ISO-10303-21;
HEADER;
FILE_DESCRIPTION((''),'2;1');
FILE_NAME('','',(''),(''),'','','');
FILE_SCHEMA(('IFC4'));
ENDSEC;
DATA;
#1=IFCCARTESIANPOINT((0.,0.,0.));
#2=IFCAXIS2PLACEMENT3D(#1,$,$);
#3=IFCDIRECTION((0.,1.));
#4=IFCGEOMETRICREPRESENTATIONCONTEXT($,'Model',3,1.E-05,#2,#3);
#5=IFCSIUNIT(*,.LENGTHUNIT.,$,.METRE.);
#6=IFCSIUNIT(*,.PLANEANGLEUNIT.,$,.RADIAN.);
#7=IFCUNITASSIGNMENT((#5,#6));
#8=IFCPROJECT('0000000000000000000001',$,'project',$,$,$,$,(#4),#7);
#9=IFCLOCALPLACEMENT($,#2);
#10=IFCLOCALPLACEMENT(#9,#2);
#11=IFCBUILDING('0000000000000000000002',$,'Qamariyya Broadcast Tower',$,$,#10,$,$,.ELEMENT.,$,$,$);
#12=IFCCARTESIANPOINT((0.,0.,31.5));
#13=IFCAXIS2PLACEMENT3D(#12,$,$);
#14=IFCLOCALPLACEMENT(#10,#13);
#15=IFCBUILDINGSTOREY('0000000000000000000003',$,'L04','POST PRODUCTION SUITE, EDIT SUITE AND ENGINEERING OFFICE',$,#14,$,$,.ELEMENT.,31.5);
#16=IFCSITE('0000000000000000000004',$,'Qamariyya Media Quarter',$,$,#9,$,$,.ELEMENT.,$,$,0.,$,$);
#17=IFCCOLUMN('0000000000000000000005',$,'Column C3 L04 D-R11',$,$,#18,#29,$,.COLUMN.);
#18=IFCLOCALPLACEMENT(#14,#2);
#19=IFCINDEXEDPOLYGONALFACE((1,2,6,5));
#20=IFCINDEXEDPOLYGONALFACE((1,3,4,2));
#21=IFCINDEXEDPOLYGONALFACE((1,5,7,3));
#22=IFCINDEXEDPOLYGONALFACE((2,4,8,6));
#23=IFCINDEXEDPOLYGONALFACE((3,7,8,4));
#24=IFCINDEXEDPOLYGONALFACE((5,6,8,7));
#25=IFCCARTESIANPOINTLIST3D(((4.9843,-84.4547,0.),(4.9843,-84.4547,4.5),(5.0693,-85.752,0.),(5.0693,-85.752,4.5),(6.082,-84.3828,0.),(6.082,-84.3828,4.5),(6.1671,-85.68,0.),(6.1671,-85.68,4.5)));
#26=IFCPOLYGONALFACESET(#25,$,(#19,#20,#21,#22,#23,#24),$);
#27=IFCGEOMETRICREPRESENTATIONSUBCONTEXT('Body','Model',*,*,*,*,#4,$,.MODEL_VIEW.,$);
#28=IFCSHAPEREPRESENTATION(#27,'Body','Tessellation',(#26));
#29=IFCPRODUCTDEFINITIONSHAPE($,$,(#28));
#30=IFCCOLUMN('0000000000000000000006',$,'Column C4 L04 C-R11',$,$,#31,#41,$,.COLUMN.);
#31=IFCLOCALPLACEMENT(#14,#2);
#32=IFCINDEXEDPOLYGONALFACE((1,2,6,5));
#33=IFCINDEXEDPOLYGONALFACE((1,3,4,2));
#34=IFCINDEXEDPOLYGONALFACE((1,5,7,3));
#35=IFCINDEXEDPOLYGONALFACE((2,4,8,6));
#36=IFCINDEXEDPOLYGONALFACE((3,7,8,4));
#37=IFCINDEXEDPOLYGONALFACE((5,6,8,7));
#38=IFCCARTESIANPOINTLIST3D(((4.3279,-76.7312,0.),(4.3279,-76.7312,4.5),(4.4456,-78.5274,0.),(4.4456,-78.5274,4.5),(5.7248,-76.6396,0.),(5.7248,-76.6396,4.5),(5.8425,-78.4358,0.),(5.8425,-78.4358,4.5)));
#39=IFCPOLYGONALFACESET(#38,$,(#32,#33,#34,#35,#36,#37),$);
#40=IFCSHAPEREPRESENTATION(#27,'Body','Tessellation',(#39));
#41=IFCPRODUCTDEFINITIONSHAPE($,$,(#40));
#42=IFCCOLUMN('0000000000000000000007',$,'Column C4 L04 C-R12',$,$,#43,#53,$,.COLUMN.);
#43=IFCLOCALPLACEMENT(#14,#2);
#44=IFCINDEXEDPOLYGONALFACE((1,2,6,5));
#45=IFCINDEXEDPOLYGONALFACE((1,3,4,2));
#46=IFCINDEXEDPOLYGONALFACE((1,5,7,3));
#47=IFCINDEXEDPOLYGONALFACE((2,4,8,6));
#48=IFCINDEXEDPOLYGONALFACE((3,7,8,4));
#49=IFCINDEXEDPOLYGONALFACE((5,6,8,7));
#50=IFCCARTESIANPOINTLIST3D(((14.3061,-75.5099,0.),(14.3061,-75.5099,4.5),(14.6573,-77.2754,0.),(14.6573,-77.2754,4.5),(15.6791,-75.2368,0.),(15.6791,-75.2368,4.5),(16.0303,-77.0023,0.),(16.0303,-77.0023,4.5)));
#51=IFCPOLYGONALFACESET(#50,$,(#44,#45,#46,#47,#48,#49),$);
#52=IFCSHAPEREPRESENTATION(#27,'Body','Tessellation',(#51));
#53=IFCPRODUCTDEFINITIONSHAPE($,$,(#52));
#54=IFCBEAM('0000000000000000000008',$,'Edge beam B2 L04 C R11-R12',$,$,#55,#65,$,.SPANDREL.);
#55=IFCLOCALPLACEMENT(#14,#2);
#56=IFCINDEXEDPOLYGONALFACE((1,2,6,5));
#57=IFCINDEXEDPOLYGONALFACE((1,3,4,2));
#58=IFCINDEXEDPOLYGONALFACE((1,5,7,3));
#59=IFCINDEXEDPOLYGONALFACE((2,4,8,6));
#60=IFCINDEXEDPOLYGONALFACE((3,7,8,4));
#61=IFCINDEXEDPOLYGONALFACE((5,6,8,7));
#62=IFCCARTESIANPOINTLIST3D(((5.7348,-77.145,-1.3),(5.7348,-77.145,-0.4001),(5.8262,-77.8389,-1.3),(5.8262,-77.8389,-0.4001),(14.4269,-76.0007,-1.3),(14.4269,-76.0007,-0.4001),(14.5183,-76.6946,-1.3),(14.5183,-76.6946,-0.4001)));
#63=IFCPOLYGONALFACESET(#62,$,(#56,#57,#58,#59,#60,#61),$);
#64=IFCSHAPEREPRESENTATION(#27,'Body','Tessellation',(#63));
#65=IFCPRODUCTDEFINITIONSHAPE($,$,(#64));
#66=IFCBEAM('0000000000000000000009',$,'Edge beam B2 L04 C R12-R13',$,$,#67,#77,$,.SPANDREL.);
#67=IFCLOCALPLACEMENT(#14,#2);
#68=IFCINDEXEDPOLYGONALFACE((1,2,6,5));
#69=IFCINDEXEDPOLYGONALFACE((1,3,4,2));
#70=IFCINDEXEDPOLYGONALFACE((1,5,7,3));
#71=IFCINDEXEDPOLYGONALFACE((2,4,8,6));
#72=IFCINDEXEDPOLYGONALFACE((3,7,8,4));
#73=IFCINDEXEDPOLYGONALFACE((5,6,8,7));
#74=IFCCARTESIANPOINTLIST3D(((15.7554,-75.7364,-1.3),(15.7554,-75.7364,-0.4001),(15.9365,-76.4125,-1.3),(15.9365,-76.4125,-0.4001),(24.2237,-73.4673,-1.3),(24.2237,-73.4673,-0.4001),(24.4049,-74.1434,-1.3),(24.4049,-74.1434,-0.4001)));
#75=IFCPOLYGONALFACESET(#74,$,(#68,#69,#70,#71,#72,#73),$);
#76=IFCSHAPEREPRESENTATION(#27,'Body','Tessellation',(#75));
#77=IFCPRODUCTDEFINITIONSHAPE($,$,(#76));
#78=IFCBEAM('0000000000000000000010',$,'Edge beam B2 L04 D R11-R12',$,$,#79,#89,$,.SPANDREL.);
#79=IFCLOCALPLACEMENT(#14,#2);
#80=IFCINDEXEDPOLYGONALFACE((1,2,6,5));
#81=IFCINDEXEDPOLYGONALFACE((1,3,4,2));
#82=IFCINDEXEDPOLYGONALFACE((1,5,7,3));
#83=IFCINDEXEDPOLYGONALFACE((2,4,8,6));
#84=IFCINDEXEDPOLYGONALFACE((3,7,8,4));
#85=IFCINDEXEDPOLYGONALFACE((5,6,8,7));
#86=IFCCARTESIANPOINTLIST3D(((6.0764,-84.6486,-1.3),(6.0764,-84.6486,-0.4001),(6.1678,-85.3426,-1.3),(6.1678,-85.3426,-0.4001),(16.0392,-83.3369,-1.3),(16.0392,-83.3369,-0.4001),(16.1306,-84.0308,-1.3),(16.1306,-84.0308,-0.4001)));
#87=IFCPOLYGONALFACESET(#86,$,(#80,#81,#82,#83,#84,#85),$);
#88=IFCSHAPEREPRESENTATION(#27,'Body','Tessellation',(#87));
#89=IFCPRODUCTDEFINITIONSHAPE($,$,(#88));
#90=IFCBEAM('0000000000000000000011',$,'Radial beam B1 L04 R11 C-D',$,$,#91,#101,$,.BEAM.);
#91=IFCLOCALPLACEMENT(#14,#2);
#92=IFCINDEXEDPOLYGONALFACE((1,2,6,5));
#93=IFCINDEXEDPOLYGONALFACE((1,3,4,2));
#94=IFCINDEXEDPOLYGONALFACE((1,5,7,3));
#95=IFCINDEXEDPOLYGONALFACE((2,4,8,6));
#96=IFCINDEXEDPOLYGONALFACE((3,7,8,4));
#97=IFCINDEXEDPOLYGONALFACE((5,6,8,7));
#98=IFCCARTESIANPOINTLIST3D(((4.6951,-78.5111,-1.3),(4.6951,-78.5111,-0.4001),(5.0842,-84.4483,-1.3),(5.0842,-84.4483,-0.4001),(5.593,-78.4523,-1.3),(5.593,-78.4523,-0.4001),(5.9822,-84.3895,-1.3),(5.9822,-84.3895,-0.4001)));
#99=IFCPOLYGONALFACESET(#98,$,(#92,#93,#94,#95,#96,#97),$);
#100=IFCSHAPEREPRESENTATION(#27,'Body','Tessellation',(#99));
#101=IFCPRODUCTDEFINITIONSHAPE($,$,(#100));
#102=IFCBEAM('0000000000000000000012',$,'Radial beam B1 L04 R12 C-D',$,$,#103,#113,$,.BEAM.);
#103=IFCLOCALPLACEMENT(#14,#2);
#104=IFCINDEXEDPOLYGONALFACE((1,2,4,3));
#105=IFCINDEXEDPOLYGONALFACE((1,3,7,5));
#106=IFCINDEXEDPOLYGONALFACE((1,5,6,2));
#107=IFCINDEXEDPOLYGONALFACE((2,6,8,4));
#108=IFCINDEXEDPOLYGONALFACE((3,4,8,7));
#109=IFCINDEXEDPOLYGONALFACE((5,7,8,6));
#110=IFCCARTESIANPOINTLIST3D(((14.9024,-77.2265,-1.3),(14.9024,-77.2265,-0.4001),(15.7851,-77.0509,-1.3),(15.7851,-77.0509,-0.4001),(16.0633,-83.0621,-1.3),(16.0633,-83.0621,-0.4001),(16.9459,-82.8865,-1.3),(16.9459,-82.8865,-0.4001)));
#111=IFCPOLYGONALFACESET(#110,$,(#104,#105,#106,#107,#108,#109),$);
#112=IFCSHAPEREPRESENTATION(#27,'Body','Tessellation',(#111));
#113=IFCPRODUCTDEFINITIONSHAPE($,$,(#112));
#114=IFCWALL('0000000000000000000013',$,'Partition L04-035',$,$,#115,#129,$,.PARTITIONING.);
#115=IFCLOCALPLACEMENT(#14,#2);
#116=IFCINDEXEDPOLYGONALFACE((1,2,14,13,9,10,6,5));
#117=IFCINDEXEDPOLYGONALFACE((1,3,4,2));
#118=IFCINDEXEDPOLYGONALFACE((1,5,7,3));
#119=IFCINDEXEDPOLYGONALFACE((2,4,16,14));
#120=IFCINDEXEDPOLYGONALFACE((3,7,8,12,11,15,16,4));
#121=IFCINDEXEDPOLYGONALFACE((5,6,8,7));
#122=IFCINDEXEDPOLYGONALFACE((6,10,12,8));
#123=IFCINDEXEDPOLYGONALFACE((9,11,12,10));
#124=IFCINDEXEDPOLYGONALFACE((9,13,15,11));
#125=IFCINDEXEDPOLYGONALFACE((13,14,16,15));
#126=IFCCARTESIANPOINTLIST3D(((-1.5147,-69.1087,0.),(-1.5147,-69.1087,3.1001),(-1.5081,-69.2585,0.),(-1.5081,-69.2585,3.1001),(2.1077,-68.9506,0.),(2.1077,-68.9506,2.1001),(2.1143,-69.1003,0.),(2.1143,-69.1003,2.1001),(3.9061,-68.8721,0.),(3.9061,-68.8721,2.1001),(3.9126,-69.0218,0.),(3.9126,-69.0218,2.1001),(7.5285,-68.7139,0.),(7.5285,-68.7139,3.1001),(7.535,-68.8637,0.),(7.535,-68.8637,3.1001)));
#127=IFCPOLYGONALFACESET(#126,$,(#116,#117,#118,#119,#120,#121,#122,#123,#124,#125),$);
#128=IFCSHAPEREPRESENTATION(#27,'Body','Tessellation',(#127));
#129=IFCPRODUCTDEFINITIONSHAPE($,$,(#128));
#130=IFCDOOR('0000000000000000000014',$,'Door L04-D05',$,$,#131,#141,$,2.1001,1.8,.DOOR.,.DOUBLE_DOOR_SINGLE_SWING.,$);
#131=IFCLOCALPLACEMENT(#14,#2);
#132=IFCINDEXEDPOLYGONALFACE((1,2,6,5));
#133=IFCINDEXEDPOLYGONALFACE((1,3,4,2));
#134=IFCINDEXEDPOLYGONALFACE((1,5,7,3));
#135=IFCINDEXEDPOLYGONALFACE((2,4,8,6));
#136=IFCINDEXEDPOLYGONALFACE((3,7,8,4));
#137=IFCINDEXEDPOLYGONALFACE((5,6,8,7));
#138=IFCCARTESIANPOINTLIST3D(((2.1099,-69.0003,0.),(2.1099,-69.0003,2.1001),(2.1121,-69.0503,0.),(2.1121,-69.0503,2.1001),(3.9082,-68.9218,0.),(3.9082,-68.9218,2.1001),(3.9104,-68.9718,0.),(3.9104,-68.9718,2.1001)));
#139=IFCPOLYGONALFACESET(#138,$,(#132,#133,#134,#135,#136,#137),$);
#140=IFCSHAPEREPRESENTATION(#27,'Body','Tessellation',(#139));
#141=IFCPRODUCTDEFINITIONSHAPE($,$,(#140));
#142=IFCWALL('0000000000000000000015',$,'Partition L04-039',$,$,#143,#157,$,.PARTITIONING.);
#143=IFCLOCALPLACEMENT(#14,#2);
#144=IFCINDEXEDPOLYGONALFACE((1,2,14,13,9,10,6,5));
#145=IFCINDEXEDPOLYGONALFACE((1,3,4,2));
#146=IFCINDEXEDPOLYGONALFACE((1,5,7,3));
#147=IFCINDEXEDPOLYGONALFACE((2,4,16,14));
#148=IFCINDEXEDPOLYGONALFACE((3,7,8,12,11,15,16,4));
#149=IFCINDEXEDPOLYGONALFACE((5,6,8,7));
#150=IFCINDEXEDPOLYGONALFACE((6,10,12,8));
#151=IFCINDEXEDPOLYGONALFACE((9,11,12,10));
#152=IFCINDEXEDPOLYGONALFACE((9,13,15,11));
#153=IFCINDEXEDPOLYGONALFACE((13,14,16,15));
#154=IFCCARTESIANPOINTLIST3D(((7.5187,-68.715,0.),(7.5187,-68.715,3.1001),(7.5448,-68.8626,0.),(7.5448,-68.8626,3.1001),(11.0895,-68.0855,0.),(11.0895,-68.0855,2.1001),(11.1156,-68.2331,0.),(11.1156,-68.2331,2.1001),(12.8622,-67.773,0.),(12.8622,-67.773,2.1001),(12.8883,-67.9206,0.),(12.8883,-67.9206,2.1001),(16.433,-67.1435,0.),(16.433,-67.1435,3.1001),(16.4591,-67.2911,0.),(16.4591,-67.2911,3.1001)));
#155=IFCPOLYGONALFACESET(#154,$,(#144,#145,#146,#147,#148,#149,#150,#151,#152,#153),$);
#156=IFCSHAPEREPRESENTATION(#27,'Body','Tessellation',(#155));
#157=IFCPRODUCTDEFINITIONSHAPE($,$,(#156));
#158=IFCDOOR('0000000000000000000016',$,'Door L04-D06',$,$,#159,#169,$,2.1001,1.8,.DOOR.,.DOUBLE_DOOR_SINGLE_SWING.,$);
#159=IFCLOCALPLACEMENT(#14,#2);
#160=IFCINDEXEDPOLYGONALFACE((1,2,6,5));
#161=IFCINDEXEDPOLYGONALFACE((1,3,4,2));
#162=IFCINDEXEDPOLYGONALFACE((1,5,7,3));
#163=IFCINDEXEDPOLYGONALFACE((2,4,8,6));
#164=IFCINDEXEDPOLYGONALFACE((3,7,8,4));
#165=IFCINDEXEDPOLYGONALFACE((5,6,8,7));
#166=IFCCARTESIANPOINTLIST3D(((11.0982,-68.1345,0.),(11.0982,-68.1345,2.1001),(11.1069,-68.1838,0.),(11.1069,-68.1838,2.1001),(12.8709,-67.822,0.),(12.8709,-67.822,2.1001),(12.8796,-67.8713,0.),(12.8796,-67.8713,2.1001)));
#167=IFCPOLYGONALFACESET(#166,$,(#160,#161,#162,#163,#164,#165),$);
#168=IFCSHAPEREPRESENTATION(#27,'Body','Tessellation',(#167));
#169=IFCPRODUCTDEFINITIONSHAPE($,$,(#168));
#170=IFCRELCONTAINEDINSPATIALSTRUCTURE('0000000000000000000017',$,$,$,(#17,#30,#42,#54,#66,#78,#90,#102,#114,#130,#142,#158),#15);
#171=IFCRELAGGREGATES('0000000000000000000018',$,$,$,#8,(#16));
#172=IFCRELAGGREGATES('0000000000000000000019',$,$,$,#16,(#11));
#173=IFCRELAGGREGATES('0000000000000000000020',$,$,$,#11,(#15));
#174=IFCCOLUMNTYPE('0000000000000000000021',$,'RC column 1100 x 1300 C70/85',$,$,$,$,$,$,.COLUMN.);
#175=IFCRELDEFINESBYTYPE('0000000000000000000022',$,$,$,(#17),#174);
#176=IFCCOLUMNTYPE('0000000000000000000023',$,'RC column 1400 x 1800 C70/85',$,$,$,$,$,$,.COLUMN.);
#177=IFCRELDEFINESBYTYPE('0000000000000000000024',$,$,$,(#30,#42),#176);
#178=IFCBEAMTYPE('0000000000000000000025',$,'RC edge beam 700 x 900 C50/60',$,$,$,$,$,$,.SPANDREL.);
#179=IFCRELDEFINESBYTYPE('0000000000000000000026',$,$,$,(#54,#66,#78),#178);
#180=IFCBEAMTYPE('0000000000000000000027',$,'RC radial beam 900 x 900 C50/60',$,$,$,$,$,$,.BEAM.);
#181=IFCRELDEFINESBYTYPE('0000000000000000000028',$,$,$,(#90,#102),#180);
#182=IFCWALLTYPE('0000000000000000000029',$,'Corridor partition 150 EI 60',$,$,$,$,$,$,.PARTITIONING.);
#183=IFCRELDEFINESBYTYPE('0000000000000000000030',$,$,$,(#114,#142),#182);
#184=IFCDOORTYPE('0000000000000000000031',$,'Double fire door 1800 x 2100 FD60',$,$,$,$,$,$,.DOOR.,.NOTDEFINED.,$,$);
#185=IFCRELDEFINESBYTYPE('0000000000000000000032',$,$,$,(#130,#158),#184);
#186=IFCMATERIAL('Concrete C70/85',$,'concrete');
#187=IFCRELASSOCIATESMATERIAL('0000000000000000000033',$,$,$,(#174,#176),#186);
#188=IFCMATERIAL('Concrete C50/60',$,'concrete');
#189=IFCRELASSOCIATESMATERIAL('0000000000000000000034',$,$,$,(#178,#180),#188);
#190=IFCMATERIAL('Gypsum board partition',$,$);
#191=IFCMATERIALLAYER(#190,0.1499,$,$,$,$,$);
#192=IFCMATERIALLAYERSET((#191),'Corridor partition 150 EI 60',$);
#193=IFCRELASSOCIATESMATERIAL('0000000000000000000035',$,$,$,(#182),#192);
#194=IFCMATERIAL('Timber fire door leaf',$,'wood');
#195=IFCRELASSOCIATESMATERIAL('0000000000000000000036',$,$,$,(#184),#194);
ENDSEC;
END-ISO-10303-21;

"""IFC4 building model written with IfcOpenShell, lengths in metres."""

from ifc_helpers import new_model, si_unit, direction, frame, frame_2d, origin, origin_2d, place, context, subcontext, project, spatial, rectangle, extrude, material, layer, layer_set, material_profile, profile_set, type_object, element, fill, save


model = new_model("IFC4")

# Units and contexts
model_context = context("Model", 3, precision=1e-05, world=origin(), true_north=direction((0.0, 1.0)))
body_context = subcontext(model_context, "Body", "Model", "MODEL_VIEW")
ifc_project = project(units=[si_unit("LENGTHUNIT", "METRE"), si_unit("PLANEANGLEUNIT", "RADIAN")], contexts=[model_context])

# Site, building, storey
site_placement = place(None, origin())
site = spatial("IfcSite", under=ifc_project, at=site_placement, Name="Qamariyya Media Quarter", CompositionType="ELEMENT", RefElevation=0.0)
building_placement = place(site_placement, origin())
building = spatial("IfcBuilding", under=site, at=building_placement, Name="Qamariyya Broadcast Tower", CompositionType="ELEMENT")
storey_placement = place(building_placement, frame((0.0, 0.0, 31.5)))
storey = spatial("IfcBuildingStorey", under=building, at=storey_placement, Name="L04", Description="POST PRODUCTION SUITE, EDIT SUITE AND ENGINEERING OFFICE", CompositionType="ELEMENT", Elevation=31.5)

# Columns
ifc_material_1 = material(Name="Concrete C70/85", Category="concrete")
ifc_material_profile_1 = material_profile(ifc_material_1, rectangle(XDim=1.1001, YDim=1.3, at=origin_2d()))
ifc_profile_set_1 = profile_set([ifc_material_profile_1], Name="Concrete C70/85")
column_type_1 = type_object("IfcColumnType", Name="RC column 1100 x 1300 C70/85", PredefinedType="COLUMN", material=ifc_profile_set_1)
column_placement = place(storey_placement, frame((5.5757, -85.0674, 0.0), z_axis=(0.0, 0.0, 1.0), x_axis=(0.997859, 0.065403, 0.0)))
element("IfcColumn", 1, at=column_placement, inside=storey, type_object=column_type_1, Name="Column C3 L04 D-R11", PredefinedType="COLUMN", context=body_context, shape_type="SweptSolid", body=[
    extrude(rectangle(XDim=1.1001, YDim=1.3, at=origin_2d()), origin(), (0.0, 0.0, 1.0), 4.5),
])
ifc_material_profile_2 = material_profile(ifc_material_1, rectangle(XDim=1.3999, YDim=1.8, at=origin_2d()))
ifc_profile_set_2 = profile_set([ifc_material_profile_2], Name="Concrete C70/85")
column_type_2 = type_object("IfcColumnType", Name="RC column 1400 x 1800 C70/85", PredefinedType="COLUMN", material=ifc_profile_set_2)
for number, where, z_axis, x_axis, name in (
    (2, (5.0852, -77.5835, 0.0), (0.0, 0.0, 1.0), (0.997859, 0.065403, 0.0), "Column C4 L04 C-R11"),
    (3, (15.1682, -76.2561, 0.0), (0.0, 0.0, 1.0), (0.980785, 0.19509, 0.0), "Column C4 L04 C-R12"),
):
    element("IfcColumn", number, at=place(storey_placement, frame(where, z_axis=z_axis, x_axis=x_axis)), inside=storey, type_object=column_type_2, Name=name, PredefinedType="COLUMN", context=body_context, shape_type="SweptSolid", body=[
        extrude(rectangle(XDim=1.3999, YDim=1.8, at=origin_2d()), origin(), (0.0, 0.0, 1.0), 4.5),
    ])

# Beams
ifc_material_2 = material(Name="Concrete C50/60", Category="concrete")
ifc_material_profile_3 = material_profile(ifc_material_2, rectangle(XDim=0.7, YDim=0.8999, at=origin_2d()))
ifc_profile_set_3 = profile_set([ifc_material_profile_3], Name="Concrete C50/60")
beam_type_1 = type_object("IfcBeamType", Name="RC edge beam 700 x 900 C50/60", PredefinedType="SPANDREL", material=ifc_profile_set_3)
for number, where, z_axis, x_axis, name in (
    (4, (5.7805, -77.4919, -0.8501), (0.991446, 0.13052, 0.0), (-0.13052, 0.991446, 0.0), "Edge beam B2 L04 C R11-R12"),
    (5, (15.8459, -76.0745, -0.8501), (0.965926, 0.258817, 0.0), (-0.258817, 0.965926, 0.0), "Edge beam B2 L04 C R12-R13"),
):
    element("IfcBeam", number, at=place(storey_placement, frame(where, z_axis=z_axis, x_axis=x_axis)), inside=storey, type_object=beam_type_1, Name=name, PredefinedType="SPANDREL", context=body_context, shape_type="SweptSolid", body=[
        extrude(rectangle(XDim=0.7, YDim=0.8999, at=origin_2d()), origin(), (0.0, 0.0, 1.0), 8.7671),
    ])
beam_placement = place(storey_placement, frame((6.1221, -84.9956, -0.8501), z_axis=(0.991443, 0.130539, 0.0), x_axis=(-0.130539, 0.991443, 0.0)))
element("IfcBeam", 6, at=beam_placement, inside=storey, type_object=beam_type_1, Name="Edge beam B2 L04 D R11-R12", PredefinedType="SPANDREL", context=body_context, shape_type="SweptSolid", body=[
    extrude(rectangle(XDim=0.7, YDim=0.8999, at=origin_2d()), origin(), (0.0, 0.0, 1.0), 10.0488),
])
ifc_material_profile_4 = material_profile(ifc_material_2, rectangle(XDim=0.8999, YDim=0.8999, at=origin_2d()))
ifc_profile_set_4 = profile_set([ifc_material_profile_4], Name="Concrete C50/60")
beam_type_2 = type_object("IfcBeamType", Name="RC radial beam 900 x 900 C50/60", PredefinedType="BEAM", material=ifc_profile_set_4)
for number, where, z_axis, x_axis, name in (
    (7, (5.144, -78.4817, -0.8501), (0.065405, -0.997859, 0.0), (0.997859, 0.065405, 0.0), "Radial beam B1 L04 R11 C-D"),
    (8, (15.3438, -77.1387, -0.8501), (0.195106, -0.980782, 0.0), (0.980782, 0.195106, 0.0), "Radial beam B1 L04 R12 C-D"),
):
    element("IfcBeam", number, at=place(storey_placement, frame(where, z_axis=z_axis, x_axis=x_axis)), inside=storey, type_object=beam_type_2, Name=name, PredefinedType="BEAM", context=body_context, shape_type="SweptSolid", body=[
        extrude(rectangle(XDim=0.8999, YDim=0.8999, at=origin_2d()), origin(), (0.0, 0.0, 1.0), 5.95),
    ])

# Walls, openings, doors
ifc_material_3 = material(Name="Gypsum board partition")
ifc_layer_1 = layer(ifc_material_3, 0.1499)
ifc_layer_set_1 = layer_set([ifc_layer_1], Name="Corridor partition 150 EI 60")
wall_type_1 = type_object("IfcWallType", Name="Corridor partition 150 EI 60", PredefinedType="PARTITIONING", material=ifc_layer_set_1)
wall_1_placement = place(storey_placement, frame((7.5317, -68.7888, 0.0), z_axis=(0.0, 0.0, 1.0), x_axis=(-0.999049, -0.043613, 0.0)))
wall_1 = element("IfcWall", 9, at=wall_1_placement, inside=storey, type_object=wall_type_1, Name="Partition L04-035", PredefinedType="PARTITIONING", context=body_context, shape_type="SweptSolid", body=[
    extrude(rectangle(XDim=9.0518, YDim=0.1499, at=frame_2d((4.5259, 0.0))), origin(), (0.0, 0.0, 1.0), 3.1001),
])
opening_1_placement = place(wall_1_placement, frame((3.626, 0.0, 0.0)))
opening_1 = element("IfcOpeningElement", 10, at=opening_1_placement, cuts=wall_1, PredefinedType="OPENING", context=body_context, shape_type="SweptSolid", body=[
    extrude(rectangle(XDim=1.8, YDim=2.1001, at=frame_2d((0.8999, 1.05))), frame((0.0, 0.085, 0.0), z_axis=(0.0, -1.0, 0.0), x_axis=(1.0, 0.0, 0.0)), (0.0, 0.0, 1.0), 0.1699),
])
ifc_material_4 = material(Name="Timber fire door leaf", Category="wood")
door_type_1 = type_object("IfcDoorType", Name="Double fire door 1800 x 2100 FD60", OperationType="NOTDEFINED", PredefinedType="DOOR", material=ifc_material_4)
door_1_placement = place(opening_1_placement, origin())
door_1 = element("IfcDoor", 11, at=door_1_placement, inside=storey, type_object=door_type_1, Name="Door L04-D05", OperationType="DOUBLE_DOOR_SINGLE_SWING", OverallHeight=2.1001, OverallWidth=1.8, PredefinedType="DOOR", context=body_context, shape_type="SweptSolid", body=[
    extrude(rectangle(XDim=1.8, YDim=2.1001, at=frame_2d((0.8999, 1.05))), frame((0.0, 0.0249, 0.0), z_axis=(0.0, -1.0, 0.0), x_axis=(1.0, 0.0, 0.0)), (0.0, 0.0, 1.0), 0.05),
])
fill(opening_1, door_1)
wall_2_placement = place(storey_placement, frame((16.446, -67.2173, 0.0), z_axis=(0.0, 0.0, 1.0), x_axis=(-0.984813, -0.173616, 0.0)))
wall_2 = element("IfcWall", 12, at=wall_2_placement, inside=storey, type_object=wall_type_1, Name="Partition L04-039", PredefinedType="PARTITIONING", context=body_context, shape_type="SweptSolid", body=[
    extrude(rectangle(XDim=9.0518, YDim=0.1499, at=frame_2d((4.5259, 0.0))), origin(), (0.0, 0.0, 1.0), 3.1001),
])
opening_2_placement = place(wall_2_placement, frame((3.626, 0.0, 0.0)))
opening_2 = element("IfcOpeningElement", 13, at=opening_2_placement, cuts=wall_2, PredefinedType="OPENING", context=body_context, shape_type="SweptSolid", body=[
    extrude(rectangle(XDim=1.8, YDim=2.1001, at=frame_2d((0.8999, 1.05))), frame((0.0, 0.085, 0.0), z_axis=(0.0, -1.0, 0.0), x_axis=(1.0, 0.0, 0.0)), (0.0, 0.0, 1.0), 0.1699),
])
door_2_placement = place(opening_2_placement, origin())
door_2 = element("IfcDoor", 14, at=door_2_placement, inside=storey, type_object=door_type_1, Name="Door L04-D06", OperationType="DOUBLE_DOOR_SINGLE_SWING", OverallHeight=2.1001, OverallWidth=1.8, PredefinedType="DOOR", context=body_context, shape_type="SweptSolid", body=[
    extrude(rectangle(XDim=1.8, YDim=2.1001, at=frame_2d((0.8999, 1.05))), frame((0.0, 0.0249, 0.0), z_axis=(0.0, -1.0, 0.0), x_axis=(1.0, 0.0, 0.0)), (0.0, 0.0, 1.0), 0.05),
])
fill(opening_2, door_2)

save(model, "model.ifc")
